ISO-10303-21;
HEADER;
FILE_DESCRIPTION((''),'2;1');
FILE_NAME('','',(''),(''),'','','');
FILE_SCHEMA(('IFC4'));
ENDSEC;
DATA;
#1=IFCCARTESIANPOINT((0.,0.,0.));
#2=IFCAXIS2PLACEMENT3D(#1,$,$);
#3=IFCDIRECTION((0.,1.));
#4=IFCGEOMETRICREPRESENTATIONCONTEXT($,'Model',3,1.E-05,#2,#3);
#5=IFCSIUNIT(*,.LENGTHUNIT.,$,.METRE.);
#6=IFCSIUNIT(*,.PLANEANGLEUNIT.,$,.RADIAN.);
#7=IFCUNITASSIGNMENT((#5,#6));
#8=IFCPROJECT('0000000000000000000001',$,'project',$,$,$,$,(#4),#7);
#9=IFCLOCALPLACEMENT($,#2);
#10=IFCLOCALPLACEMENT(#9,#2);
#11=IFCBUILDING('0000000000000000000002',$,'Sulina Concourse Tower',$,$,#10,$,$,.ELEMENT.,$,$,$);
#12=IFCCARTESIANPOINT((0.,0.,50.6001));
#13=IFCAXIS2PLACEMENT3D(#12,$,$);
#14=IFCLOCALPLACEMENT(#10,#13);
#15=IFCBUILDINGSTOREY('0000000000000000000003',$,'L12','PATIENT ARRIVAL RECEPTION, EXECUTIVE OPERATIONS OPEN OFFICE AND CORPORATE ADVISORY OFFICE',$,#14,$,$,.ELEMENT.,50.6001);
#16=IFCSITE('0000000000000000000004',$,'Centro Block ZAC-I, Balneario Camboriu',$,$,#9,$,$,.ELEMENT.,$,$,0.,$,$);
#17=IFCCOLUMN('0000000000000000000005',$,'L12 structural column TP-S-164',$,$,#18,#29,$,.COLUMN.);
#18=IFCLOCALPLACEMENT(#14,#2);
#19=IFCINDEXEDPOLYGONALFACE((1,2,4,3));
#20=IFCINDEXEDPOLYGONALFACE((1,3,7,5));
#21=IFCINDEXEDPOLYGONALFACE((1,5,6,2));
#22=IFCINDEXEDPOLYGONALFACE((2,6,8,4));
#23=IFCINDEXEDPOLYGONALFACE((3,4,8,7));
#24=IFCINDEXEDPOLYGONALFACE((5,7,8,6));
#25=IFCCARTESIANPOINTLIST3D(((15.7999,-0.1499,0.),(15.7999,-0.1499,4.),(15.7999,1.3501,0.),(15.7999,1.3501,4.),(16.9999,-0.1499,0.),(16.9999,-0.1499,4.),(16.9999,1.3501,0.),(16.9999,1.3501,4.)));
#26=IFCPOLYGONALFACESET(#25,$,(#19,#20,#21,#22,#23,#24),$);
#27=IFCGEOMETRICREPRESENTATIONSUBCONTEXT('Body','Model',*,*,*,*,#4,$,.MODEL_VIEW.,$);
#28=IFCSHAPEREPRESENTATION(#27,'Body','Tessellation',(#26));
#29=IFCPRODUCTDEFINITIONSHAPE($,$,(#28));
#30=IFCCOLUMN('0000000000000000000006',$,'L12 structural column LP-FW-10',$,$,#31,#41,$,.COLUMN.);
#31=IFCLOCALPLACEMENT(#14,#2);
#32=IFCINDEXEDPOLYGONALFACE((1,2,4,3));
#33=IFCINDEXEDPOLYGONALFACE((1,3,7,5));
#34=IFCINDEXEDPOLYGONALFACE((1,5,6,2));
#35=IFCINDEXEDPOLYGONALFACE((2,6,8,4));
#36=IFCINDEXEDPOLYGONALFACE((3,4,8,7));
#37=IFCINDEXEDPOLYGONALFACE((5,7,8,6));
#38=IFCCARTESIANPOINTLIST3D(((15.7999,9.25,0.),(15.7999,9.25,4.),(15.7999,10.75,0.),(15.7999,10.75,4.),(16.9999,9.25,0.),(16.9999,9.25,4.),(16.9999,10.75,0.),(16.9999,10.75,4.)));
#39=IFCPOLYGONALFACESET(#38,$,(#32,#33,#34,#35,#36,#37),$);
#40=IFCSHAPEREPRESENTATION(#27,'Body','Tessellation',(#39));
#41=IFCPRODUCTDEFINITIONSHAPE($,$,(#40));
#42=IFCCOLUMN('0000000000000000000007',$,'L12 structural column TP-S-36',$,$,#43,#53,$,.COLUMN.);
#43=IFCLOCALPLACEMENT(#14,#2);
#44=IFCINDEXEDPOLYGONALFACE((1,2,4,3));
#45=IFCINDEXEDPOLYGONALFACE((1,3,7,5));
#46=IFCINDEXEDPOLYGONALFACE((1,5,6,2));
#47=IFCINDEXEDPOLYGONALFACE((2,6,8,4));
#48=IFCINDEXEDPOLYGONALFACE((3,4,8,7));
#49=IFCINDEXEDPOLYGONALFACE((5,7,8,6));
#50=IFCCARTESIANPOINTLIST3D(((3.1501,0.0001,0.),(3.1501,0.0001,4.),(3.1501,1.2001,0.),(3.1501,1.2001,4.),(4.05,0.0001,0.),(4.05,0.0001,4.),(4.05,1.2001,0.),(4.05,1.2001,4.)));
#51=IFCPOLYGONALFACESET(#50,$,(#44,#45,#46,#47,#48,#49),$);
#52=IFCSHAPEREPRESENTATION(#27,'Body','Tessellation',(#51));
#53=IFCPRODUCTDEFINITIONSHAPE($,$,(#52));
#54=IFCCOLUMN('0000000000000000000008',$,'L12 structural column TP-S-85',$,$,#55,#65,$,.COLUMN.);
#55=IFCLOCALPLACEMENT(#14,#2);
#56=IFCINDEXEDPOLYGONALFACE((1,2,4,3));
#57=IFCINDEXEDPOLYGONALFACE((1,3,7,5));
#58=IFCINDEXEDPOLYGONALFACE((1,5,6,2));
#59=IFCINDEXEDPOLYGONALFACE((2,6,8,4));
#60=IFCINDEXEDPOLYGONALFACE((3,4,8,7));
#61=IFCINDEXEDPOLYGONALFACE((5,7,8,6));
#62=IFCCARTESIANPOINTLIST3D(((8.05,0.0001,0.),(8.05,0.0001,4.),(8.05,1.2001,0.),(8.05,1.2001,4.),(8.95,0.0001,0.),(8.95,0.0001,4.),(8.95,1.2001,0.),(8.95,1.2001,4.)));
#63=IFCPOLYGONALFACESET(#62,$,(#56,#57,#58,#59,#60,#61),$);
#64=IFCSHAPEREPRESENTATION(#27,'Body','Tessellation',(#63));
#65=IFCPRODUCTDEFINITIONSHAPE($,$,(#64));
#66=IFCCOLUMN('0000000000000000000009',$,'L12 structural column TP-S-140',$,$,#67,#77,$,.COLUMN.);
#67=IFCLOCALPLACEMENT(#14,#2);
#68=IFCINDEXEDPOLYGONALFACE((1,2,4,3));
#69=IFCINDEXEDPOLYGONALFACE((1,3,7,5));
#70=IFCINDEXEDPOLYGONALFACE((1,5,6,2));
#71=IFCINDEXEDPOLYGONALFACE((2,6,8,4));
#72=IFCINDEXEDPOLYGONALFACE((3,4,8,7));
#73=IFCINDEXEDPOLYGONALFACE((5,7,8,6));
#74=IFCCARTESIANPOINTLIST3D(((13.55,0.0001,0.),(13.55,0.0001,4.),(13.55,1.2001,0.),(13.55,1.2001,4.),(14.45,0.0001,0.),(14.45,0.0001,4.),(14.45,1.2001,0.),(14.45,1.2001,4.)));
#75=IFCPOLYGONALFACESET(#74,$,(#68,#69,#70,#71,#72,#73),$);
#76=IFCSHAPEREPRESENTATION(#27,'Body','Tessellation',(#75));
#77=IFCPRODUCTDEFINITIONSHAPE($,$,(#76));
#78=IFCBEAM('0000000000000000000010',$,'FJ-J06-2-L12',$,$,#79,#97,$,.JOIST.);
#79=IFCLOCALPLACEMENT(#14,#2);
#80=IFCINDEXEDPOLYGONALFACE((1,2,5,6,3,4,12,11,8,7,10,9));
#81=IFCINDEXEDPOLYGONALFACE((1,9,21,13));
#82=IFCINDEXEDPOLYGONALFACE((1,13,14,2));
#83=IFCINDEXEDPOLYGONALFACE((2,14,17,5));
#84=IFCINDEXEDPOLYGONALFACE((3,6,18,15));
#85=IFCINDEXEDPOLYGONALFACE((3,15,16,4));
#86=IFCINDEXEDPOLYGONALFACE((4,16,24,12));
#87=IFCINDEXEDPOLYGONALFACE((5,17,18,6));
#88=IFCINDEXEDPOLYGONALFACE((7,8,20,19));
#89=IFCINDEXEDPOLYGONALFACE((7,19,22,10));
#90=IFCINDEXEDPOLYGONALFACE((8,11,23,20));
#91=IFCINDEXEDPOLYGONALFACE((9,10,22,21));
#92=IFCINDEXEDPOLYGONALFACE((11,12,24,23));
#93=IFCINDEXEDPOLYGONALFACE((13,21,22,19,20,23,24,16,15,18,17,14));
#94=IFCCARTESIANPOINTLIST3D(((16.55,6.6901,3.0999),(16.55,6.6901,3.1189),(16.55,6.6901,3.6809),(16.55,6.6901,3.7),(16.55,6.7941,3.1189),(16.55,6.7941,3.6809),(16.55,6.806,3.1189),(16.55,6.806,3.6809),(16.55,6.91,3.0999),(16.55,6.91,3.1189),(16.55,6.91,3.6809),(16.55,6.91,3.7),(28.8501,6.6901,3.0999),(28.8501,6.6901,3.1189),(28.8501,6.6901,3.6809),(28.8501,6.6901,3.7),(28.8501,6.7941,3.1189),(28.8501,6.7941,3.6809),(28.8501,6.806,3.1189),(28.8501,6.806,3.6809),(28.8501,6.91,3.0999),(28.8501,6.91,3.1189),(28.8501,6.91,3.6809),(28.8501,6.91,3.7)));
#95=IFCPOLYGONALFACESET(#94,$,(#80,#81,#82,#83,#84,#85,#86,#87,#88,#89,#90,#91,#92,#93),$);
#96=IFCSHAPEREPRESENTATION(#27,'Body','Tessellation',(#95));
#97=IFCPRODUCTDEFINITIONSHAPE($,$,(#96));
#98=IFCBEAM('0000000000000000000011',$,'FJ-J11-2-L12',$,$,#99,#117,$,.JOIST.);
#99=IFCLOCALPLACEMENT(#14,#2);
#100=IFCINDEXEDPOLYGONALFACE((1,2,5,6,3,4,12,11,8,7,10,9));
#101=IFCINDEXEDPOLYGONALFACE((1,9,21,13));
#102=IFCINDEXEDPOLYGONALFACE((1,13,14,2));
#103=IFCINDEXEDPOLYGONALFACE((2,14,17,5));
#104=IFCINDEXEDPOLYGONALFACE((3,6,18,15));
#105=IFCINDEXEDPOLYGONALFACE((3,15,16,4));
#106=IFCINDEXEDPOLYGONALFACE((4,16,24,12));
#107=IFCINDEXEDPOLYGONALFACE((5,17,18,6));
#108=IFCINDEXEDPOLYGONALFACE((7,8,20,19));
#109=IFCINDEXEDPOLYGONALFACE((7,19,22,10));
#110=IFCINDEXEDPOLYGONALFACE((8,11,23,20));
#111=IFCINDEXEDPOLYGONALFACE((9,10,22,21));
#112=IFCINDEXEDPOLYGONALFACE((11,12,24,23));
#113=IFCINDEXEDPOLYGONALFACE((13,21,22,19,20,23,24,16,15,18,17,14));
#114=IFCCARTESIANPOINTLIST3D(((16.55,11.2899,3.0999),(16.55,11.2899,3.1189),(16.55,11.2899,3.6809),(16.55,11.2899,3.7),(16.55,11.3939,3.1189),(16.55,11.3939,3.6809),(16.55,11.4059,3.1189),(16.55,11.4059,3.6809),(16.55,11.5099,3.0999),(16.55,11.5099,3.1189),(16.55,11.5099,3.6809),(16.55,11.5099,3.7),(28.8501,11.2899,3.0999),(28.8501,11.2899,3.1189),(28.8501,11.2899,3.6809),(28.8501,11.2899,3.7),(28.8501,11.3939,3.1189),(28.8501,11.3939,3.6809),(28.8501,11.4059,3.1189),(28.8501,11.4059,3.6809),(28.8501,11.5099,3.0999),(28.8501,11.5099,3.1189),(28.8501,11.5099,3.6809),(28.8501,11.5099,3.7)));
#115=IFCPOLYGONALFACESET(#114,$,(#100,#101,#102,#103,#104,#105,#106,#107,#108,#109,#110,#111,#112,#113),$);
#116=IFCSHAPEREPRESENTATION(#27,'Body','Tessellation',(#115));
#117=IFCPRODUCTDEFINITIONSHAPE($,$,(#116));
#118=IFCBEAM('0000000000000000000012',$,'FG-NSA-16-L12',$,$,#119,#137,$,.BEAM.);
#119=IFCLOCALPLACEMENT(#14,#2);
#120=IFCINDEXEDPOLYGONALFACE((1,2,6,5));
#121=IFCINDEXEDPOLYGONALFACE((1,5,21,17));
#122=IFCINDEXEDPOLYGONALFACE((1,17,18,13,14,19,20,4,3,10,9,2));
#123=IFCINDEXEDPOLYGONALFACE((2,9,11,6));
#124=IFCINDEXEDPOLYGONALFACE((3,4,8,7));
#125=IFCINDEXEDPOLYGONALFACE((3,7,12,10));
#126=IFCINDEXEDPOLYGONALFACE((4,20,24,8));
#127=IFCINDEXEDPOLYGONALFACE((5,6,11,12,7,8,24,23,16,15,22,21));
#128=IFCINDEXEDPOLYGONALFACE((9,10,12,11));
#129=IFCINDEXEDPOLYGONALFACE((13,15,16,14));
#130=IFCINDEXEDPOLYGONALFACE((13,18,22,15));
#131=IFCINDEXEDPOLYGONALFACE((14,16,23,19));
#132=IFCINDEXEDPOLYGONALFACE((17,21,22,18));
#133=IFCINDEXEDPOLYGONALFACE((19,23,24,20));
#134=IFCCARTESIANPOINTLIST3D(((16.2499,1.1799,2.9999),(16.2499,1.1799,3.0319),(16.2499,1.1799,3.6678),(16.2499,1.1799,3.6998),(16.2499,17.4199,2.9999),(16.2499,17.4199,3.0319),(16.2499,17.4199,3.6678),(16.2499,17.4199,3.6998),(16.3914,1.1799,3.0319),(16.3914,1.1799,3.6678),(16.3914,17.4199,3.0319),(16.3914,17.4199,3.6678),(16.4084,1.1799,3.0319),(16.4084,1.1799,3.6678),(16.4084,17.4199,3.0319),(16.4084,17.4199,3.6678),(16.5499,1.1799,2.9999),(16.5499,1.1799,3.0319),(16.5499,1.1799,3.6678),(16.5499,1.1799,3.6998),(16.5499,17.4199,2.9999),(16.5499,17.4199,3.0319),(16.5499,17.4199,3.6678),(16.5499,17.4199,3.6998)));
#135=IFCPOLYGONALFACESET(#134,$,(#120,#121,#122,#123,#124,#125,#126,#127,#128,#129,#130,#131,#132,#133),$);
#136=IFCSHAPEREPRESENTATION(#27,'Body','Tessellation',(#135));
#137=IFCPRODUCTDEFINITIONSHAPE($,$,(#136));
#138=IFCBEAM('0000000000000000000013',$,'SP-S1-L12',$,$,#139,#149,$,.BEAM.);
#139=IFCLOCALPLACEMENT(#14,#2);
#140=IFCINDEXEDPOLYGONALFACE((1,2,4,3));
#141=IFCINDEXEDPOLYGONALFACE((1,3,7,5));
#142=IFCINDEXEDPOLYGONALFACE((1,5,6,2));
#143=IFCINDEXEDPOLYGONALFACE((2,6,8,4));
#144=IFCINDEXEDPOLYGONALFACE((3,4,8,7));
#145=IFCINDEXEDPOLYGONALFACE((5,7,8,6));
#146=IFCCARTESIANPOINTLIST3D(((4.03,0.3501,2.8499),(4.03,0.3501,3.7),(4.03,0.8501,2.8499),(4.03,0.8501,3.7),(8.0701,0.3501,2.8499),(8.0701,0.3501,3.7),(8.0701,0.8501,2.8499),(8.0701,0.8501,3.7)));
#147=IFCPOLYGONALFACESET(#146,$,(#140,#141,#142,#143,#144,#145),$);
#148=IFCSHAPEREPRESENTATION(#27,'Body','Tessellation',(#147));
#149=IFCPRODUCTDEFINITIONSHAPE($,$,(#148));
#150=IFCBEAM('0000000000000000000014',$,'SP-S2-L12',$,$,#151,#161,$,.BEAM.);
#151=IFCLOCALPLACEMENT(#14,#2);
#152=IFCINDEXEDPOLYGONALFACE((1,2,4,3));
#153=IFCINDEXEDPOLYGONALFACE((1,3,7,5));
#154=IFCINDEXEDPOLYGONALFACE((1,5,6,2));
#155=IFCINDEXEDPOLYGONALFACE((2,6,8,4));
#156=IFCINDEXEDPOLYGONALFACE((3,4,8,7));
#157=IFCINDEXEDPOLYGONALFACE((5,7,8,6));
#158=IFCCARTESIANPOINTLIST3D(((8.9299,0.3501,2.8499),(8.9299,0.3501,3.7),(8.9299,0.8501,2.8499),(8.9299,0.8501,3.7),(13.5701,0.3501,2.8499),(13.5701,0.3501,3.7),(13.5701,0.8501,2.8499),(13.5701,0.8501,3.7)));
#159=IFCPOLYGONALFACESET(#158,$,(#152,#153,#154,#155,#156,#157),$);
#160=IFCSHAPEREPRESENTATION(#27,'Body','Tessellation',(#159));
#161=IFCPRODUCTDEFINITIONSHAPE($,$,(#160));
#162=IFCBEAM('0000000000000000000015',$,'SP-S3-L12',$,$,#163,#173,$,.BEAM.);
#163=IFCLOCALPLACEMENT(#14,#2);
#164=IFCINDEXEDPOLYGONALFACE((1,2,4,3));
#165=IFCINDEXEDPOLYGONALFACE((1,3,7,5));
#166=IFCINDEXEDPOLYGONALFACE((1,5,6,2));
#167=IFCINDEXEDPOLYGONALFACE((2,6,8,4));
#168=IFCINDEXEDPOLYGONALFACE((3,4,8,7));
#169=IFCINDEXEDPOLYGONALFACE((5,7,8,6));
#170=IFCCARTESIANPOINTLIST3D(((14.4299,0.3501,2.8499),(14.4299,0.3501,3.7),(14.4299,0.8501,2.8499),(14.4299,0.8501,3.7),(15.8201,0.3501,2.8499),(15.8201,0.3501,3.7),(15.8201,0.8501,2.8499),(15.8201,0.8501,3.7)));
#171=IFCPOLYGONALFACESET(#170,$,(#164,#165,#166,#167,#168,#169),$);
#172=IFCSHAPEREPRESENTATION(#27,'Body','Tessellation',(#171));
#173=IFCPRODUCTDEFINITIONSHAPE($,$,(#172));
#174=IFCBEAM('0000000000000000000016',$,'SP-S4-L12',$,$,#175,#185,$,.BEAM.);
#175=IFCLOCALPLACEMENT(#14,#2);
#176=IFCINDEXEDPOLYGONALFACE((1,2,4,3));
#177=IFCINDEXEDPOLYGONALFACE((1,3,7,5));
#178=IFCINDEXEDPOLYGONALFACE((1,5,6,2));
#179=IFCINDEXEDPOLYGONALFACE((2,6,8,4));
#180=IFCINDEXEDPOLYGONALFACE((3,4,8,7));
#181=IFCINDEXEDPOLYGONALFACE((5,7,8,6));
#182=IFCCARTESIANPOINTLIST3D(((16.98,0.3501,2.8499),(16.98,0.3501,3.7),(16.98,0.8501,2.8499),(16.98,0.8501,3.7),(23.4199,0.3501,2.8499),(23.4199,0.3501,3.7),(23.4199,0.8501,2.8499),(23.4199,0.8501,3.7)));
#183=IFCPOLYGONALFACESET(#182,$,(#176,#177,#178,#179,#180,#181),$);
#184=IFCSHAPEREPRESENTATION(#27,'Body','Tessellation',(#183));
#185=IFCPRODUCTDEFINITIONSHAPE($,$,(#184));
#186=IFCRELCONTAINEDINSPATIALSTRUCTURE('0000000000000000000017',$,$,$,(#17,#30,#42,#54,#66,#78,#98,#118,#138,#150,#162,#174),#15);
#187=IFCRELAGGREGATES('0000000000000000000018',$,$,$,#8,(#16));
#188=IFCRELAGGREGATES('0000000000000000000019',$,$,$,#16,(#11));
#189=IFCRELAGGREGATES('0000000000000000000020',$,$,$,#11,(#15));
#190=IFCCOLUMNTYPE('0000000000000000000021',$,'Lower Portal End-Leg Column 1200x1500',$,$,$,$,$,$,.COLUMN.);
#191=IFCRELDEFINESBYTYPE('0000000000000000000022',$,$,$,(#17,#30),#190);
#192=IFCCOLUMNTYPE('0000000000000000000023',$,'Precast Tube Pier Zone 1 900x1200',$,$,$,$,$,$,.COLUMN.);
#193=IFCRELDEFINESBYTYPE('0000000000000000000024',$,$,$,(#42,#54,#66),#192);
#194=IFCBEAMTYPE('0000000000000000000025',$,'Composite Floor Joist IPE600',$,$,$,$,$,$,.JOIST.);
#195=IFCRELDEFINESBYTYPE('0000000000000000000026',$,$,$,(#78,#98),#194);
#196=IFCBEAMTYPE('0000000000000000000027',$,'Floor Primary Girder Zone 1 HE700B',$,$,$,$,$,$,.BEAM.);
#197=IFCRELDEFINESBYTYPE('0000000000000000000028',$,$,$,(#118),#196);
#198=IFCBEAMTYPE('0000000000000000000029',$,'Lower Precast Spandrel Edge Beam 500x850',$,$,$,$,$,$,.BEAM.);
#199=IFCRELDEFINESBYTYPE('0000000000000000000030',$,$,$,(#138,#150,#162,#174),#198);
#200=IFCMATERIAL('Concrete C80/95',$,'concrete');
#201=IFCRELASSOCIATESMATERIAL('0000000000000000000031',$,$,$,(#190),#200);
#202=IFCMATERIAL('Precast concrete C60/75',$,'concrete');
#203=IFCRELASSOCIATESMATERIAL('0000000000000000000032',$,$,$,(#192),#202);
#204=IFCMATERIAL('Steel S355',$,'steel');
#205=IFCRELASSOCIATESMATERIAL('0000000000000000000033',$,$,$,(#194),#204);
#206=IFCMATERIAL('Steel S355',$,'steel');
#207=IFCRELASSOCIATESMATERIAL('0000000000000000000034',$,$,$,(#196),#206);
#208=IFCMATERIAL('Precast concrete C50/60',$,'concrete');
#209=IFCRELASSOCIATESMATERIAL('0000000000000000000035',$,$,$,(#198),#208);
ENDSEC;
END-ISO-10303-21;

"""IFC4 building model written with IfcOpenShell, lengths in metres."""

from ifc_helpers import new_model, si_unit, direction, frame, origin, origin_2d, place, context, subcontext, project, spatial, rectangle, i_section, extrude, material, material_profile, profile_set, type_object, element, save


model = new_model("IFC4")

# Units and contexts
model_context = context("Model", 3, precision=1e-05, world=origin(), true_north=direction((0.0, 1.0)))
body_context = subcontext(model_context, "Body", "Model", "MODEL_VIEW")
ifc_project = project(units=[si_unit("LENGTHUNIT", "METRE"), si_unit("PLANEANGLEUNIT", "RADIAN")], contexts=[model_context])

# Site, building, storey
site_placement = place(None, origin())
site = spatial("IfcSite", under=ifc_project, at=site_placement, Name="Centro Block ZAC-I, Balneario Camboriu", CompositionType="ELEMENT", RefElevation=0.0)
building_placement = place(site_placement, origin())
building = spatial("IfcBuilding", under=site, at=building_placement, Name="Sulina Concourse Tower", CompositionType="ELEMENT")
storey_placement = place(building_placement, frame((0.0, 0.0, 50.6001)))
storey = spatial("IfcBuildingStorey", under=building, at=storey_placement, Name="L12", Description="PATIENT ARRIVAL RECEPTION, EXECUTIVE OPERATIONS OPEN OFFICE AND CORPORATE ADVISORY OFFICE", CompositionType="ELEMENT", Elevation=50.6001)

# Columns
ifc_material_1 = material(Name="Concrete C80/95", Category="concrete")
ifc_material_profile_1 = material_profile(ifc_material_1, rectangle(XDim=1.2, YDim=1.5, at=origin_2d()), Name="RC 1200x1500")
ifc_profile_set_1 = profile_set([ifc_material_profile_1], Name="Concrete C80/95")
column_type_1 = type_object("IfcColumnType", Name="Lower Portal End-Leg Column 1200x1500", PredefinedType="COLUMN", material=ifc_profile_set_1)
for number, where, z_axis, x_axis, name in (
    (1, (16.3999, 0.6001, 0.0), (0.0, 0.0, 1.0), (1.0, 0.0, 0.0), "L12 structural column TP-S-164"),
    (2, (16.3999, 10.0, 0.0), (0.0, 0.0, 1.0), (1.0, 0.0, 0.0), "L12 structural column LP-FW-10"),
):
    element("IfcColumn", number, at=place(storey_placement, frame(where, z_axis=z_axis, x_axis=x_axis)), inside=storey, type_object=column_type_1, Name=name, PredefinedType="COLUMN", context=body_context, shape_type="SweptSolid", body=[
        extrude(rectangle(XDim=1.2, YDim=1.5, at=origin_2d()), origin(), (0.0, 0.0, 1.0), 4.0),
    ])
ifc_material_2 = material(Name="Precast concrete C60/75", Category="concrete")
ifc_material_profile_2 = material_profile(ifc_material_2, rectangle(XDim=0.8999, YDim=1.2, at=origin_2d()), Name="PC 900x1200")
ifc_profile_set_2 = profile_set([ifc_material_profile_2], Name="Precast concrete C60/75")
column_type_2 = type_object("IfcColumnType", Name="Precast Tube Pier Zone 1 900x1200", PredefinedType="COLUMN", material=ifc_profile_set_2)
for number, where, z_axis, x_axis, name in (
    (3, (3.6001, 0.6001, 0.0), (0.0, 0.0, 1.0), (1.0, 0.0, 0.0), "L12 structural column TP-S-36"),
    (4, (8.5, 0.6001, 0.0), (0.0, 0.0, 1.0), (1.0, 0.0, 0.0), "L12 structural column TP-S-85"),
    (5, (14.0, 0.6001, 0.0), (0.0, 0.0, 1.0), (1.0, 0.0, 0.0), "L12 structural column TP-S-140"),
):
    element("IfcColumn", number, at=place(storey_placement, frame(where, z_axis=z_axis, x_axis=x_axis)), inside=storey, type_object=column_type_2, Name=name, PredefinedType="COLUMN", context=body_context, shape_type="SweptSolid", body=[
        extrude(rectangle(XDim=0.8999, YDim=1.2, at=origin_2d()), origin(), (0.0, 0.0, 1.0), 4.0),
    ])

# Beams
ifc_material_3 = material(Name="Steel S355", Category="steel")
ifc_material_profile_3 = material_profile(ifc_material_3, i_section(OverallWidth=0.22, OverallDepth=0.6001, WebThickness=0.012, FlangeThickness=0.019, at=origin_2d()), Name="IPE 600")
ifc_profile_set_3 = profile_set([ifc_material_profile_3], Name="Steel S355")
beam_type_1 = type_object("IfcBeamType", Name="Composite Floor Joist IPE600", PredefinedType="JOIST", material=ifc_profile_set_3)
for number, where, z_axis, x_axis, name in (
    (6, (16.55, 6.8, 3.3999), (1.0, 0.0, 0.0), (0.0, 1.0, 0.0), "FJ-J06-2-L12"),
    (7, (16.55, 11.3999, 3.3999), (1.0, 0.0, 0.0), (0.0, 1.0, 0.0), "FJ-J11-2-L12"),
):
    element("IfcBeam", number, at=place(storey_placement, frame(where, z_axis=z_axis, x_axis=x_axis)), inside=storey, type_object=beam_type_1, Name=name, PredefinedType="JOIST", context=body_context, shape_type="SweptSolid", body=[
        extrude(i_section(OverallWidth=0.22, OverallDepth=0.6001, WebThickness=0.012, FlangeThickness=0.019, at=origin_2d()), origin(), (0.0, 0.0, 1.0), 12.3),
    ])
ifc_material_4 = material(Name="Steel S355", Category="steel")
ifc_material_profile_4 = material_profile(ifc_material_4, i_section(OverallWidth=0.3, OverallDepth=0.7, WebThickness=0.0171, FlangeThickness=0.032, at=origin_2d()), Name="HE 700 B")
ifc_profile_set_4 = profile_set([ifc_material_profile_4], Name="Steel S355")
beam_type_2 = type_object("IfcBeamType", Name="Floor Primary Girder Zone 1 HE700B", PredefinedType="BEAM", material=ifc_profile_set_4)
beam_1_placement = place(storey_placement, frame((16.3999, 1.1799, 3.3499), z_axis=(0.0, 1.0, 0.0), x_axis=(-1.0, 0.0, 0.0)))
element("IfcBeam", 8, at=beam_1_placement, inside=storey, type_object=beam_type_2, Name="FG-NSA-16-L12", PredefinedType="BEAM", context=body_context, shape_type="SweptSolid", body=[
    extrude(i_section(OverallWidth=0.3, OverallDepth=0.7, WebThickness=0.0171, FlangeThickness=0.032, at=origin_2d()), origin(), (0.0, 0.0, 1.0), 16.24),
])
ifc_material_5 = material(Name="Precast concrete C50/60", Category="concrete")
ifc_material_profile_5 = material_profile(ifc_material_5, rectangle(XDim=0.5, YDim=0.8501, at=origin_2d()), Name="RC 500x850")
ifc_profile_set_5 = profile_set([ifc_material_profile_5], Name="Precast concrete C50/60")
beam_type_3 = type_object("IfcBeamType", Name="Lower Precast Spandrel Edge Beam 500x850", PredefinedType="BEAM", material=ifc_profile_set_5)
beam_2_placement = place(storey_placement, frame((4.03, 0.6001, 3.2749), z_axis=(1.0, 0.0, 0.0), x_axis=(0.0, 1.0, 0.0)))
element("IfcBeam", 9, at=beam_2_placement, inside=storey, type_object=beam_type_3, Name="SP-S1-L12", PredefinedType="BEAM", context=body_context, shape_type="SweptSolid", body=[
    extrude(rectangle(XDim=0.5, YDim=0.8501, at=origin_2d()), origin(), (0.0, 0.0, 1.0), 4.04),
])
beam_3_placement = place(storey_placement, frame((8.9299, 0.6001, 3.2749), z_axis=(1.0, 0.0, 0.0), x_axis=(0.0, 1.0, 0.0)))
element("IfcBeam", 10, at=beam_3_placement, inside=storey, type_object=beam_type_3, Name="SP-S2-L12", PredefinedType="BEAM", context=body_context, shape_type="SweptSolid", body=[
    extrude(rectangle(XDim=0.5, YDim=0.8501, at=origin_2d()), origin(), (0.0, 0.0, 1.0), 4.6401),
])
beam_4_placement = place(storey_placement, frame((14.4299, 0.6001, 3.2749), z_axis=(1.0, 0.0, 0.0), x_axis=(0.0, 1.0, 0.0)))
element("IfcBeam", 11, at=beam_4_placement, inside=storey, type_object=beam_type_3, Name="SP-S3-L12", PredefinedType="BEAM", context=body_context, shape_type="SweptSolid", body=[
    extrude(rectangle(XDim=0.5, YDim=0.8501, at=origin_2d()), origin(), (0.0, 0.0, 1.0), 1.3901),
])
beam_5_placement = place(storey_placement, frame((16.98, 0.6001, 3.2749), z_axis=(1.0, 0.0, 0.0), x_axis=(0.0, 1.0, 0.0)))
element("IfcBeam", 12, at=beam_5_placement, inside=storey, type_object=beam_type_3, Name="SP-S4-L12", PredefinedType="BEAM", context=body_context, shape_type="SweptSolid", body=[
    extrude(rectangle(XDim=0.5, YDim=0.8501, at=origin_2d()), origin(), (0.0, 0.0, 1.0), 6.4399),
])

save(model, "model.ifc")
